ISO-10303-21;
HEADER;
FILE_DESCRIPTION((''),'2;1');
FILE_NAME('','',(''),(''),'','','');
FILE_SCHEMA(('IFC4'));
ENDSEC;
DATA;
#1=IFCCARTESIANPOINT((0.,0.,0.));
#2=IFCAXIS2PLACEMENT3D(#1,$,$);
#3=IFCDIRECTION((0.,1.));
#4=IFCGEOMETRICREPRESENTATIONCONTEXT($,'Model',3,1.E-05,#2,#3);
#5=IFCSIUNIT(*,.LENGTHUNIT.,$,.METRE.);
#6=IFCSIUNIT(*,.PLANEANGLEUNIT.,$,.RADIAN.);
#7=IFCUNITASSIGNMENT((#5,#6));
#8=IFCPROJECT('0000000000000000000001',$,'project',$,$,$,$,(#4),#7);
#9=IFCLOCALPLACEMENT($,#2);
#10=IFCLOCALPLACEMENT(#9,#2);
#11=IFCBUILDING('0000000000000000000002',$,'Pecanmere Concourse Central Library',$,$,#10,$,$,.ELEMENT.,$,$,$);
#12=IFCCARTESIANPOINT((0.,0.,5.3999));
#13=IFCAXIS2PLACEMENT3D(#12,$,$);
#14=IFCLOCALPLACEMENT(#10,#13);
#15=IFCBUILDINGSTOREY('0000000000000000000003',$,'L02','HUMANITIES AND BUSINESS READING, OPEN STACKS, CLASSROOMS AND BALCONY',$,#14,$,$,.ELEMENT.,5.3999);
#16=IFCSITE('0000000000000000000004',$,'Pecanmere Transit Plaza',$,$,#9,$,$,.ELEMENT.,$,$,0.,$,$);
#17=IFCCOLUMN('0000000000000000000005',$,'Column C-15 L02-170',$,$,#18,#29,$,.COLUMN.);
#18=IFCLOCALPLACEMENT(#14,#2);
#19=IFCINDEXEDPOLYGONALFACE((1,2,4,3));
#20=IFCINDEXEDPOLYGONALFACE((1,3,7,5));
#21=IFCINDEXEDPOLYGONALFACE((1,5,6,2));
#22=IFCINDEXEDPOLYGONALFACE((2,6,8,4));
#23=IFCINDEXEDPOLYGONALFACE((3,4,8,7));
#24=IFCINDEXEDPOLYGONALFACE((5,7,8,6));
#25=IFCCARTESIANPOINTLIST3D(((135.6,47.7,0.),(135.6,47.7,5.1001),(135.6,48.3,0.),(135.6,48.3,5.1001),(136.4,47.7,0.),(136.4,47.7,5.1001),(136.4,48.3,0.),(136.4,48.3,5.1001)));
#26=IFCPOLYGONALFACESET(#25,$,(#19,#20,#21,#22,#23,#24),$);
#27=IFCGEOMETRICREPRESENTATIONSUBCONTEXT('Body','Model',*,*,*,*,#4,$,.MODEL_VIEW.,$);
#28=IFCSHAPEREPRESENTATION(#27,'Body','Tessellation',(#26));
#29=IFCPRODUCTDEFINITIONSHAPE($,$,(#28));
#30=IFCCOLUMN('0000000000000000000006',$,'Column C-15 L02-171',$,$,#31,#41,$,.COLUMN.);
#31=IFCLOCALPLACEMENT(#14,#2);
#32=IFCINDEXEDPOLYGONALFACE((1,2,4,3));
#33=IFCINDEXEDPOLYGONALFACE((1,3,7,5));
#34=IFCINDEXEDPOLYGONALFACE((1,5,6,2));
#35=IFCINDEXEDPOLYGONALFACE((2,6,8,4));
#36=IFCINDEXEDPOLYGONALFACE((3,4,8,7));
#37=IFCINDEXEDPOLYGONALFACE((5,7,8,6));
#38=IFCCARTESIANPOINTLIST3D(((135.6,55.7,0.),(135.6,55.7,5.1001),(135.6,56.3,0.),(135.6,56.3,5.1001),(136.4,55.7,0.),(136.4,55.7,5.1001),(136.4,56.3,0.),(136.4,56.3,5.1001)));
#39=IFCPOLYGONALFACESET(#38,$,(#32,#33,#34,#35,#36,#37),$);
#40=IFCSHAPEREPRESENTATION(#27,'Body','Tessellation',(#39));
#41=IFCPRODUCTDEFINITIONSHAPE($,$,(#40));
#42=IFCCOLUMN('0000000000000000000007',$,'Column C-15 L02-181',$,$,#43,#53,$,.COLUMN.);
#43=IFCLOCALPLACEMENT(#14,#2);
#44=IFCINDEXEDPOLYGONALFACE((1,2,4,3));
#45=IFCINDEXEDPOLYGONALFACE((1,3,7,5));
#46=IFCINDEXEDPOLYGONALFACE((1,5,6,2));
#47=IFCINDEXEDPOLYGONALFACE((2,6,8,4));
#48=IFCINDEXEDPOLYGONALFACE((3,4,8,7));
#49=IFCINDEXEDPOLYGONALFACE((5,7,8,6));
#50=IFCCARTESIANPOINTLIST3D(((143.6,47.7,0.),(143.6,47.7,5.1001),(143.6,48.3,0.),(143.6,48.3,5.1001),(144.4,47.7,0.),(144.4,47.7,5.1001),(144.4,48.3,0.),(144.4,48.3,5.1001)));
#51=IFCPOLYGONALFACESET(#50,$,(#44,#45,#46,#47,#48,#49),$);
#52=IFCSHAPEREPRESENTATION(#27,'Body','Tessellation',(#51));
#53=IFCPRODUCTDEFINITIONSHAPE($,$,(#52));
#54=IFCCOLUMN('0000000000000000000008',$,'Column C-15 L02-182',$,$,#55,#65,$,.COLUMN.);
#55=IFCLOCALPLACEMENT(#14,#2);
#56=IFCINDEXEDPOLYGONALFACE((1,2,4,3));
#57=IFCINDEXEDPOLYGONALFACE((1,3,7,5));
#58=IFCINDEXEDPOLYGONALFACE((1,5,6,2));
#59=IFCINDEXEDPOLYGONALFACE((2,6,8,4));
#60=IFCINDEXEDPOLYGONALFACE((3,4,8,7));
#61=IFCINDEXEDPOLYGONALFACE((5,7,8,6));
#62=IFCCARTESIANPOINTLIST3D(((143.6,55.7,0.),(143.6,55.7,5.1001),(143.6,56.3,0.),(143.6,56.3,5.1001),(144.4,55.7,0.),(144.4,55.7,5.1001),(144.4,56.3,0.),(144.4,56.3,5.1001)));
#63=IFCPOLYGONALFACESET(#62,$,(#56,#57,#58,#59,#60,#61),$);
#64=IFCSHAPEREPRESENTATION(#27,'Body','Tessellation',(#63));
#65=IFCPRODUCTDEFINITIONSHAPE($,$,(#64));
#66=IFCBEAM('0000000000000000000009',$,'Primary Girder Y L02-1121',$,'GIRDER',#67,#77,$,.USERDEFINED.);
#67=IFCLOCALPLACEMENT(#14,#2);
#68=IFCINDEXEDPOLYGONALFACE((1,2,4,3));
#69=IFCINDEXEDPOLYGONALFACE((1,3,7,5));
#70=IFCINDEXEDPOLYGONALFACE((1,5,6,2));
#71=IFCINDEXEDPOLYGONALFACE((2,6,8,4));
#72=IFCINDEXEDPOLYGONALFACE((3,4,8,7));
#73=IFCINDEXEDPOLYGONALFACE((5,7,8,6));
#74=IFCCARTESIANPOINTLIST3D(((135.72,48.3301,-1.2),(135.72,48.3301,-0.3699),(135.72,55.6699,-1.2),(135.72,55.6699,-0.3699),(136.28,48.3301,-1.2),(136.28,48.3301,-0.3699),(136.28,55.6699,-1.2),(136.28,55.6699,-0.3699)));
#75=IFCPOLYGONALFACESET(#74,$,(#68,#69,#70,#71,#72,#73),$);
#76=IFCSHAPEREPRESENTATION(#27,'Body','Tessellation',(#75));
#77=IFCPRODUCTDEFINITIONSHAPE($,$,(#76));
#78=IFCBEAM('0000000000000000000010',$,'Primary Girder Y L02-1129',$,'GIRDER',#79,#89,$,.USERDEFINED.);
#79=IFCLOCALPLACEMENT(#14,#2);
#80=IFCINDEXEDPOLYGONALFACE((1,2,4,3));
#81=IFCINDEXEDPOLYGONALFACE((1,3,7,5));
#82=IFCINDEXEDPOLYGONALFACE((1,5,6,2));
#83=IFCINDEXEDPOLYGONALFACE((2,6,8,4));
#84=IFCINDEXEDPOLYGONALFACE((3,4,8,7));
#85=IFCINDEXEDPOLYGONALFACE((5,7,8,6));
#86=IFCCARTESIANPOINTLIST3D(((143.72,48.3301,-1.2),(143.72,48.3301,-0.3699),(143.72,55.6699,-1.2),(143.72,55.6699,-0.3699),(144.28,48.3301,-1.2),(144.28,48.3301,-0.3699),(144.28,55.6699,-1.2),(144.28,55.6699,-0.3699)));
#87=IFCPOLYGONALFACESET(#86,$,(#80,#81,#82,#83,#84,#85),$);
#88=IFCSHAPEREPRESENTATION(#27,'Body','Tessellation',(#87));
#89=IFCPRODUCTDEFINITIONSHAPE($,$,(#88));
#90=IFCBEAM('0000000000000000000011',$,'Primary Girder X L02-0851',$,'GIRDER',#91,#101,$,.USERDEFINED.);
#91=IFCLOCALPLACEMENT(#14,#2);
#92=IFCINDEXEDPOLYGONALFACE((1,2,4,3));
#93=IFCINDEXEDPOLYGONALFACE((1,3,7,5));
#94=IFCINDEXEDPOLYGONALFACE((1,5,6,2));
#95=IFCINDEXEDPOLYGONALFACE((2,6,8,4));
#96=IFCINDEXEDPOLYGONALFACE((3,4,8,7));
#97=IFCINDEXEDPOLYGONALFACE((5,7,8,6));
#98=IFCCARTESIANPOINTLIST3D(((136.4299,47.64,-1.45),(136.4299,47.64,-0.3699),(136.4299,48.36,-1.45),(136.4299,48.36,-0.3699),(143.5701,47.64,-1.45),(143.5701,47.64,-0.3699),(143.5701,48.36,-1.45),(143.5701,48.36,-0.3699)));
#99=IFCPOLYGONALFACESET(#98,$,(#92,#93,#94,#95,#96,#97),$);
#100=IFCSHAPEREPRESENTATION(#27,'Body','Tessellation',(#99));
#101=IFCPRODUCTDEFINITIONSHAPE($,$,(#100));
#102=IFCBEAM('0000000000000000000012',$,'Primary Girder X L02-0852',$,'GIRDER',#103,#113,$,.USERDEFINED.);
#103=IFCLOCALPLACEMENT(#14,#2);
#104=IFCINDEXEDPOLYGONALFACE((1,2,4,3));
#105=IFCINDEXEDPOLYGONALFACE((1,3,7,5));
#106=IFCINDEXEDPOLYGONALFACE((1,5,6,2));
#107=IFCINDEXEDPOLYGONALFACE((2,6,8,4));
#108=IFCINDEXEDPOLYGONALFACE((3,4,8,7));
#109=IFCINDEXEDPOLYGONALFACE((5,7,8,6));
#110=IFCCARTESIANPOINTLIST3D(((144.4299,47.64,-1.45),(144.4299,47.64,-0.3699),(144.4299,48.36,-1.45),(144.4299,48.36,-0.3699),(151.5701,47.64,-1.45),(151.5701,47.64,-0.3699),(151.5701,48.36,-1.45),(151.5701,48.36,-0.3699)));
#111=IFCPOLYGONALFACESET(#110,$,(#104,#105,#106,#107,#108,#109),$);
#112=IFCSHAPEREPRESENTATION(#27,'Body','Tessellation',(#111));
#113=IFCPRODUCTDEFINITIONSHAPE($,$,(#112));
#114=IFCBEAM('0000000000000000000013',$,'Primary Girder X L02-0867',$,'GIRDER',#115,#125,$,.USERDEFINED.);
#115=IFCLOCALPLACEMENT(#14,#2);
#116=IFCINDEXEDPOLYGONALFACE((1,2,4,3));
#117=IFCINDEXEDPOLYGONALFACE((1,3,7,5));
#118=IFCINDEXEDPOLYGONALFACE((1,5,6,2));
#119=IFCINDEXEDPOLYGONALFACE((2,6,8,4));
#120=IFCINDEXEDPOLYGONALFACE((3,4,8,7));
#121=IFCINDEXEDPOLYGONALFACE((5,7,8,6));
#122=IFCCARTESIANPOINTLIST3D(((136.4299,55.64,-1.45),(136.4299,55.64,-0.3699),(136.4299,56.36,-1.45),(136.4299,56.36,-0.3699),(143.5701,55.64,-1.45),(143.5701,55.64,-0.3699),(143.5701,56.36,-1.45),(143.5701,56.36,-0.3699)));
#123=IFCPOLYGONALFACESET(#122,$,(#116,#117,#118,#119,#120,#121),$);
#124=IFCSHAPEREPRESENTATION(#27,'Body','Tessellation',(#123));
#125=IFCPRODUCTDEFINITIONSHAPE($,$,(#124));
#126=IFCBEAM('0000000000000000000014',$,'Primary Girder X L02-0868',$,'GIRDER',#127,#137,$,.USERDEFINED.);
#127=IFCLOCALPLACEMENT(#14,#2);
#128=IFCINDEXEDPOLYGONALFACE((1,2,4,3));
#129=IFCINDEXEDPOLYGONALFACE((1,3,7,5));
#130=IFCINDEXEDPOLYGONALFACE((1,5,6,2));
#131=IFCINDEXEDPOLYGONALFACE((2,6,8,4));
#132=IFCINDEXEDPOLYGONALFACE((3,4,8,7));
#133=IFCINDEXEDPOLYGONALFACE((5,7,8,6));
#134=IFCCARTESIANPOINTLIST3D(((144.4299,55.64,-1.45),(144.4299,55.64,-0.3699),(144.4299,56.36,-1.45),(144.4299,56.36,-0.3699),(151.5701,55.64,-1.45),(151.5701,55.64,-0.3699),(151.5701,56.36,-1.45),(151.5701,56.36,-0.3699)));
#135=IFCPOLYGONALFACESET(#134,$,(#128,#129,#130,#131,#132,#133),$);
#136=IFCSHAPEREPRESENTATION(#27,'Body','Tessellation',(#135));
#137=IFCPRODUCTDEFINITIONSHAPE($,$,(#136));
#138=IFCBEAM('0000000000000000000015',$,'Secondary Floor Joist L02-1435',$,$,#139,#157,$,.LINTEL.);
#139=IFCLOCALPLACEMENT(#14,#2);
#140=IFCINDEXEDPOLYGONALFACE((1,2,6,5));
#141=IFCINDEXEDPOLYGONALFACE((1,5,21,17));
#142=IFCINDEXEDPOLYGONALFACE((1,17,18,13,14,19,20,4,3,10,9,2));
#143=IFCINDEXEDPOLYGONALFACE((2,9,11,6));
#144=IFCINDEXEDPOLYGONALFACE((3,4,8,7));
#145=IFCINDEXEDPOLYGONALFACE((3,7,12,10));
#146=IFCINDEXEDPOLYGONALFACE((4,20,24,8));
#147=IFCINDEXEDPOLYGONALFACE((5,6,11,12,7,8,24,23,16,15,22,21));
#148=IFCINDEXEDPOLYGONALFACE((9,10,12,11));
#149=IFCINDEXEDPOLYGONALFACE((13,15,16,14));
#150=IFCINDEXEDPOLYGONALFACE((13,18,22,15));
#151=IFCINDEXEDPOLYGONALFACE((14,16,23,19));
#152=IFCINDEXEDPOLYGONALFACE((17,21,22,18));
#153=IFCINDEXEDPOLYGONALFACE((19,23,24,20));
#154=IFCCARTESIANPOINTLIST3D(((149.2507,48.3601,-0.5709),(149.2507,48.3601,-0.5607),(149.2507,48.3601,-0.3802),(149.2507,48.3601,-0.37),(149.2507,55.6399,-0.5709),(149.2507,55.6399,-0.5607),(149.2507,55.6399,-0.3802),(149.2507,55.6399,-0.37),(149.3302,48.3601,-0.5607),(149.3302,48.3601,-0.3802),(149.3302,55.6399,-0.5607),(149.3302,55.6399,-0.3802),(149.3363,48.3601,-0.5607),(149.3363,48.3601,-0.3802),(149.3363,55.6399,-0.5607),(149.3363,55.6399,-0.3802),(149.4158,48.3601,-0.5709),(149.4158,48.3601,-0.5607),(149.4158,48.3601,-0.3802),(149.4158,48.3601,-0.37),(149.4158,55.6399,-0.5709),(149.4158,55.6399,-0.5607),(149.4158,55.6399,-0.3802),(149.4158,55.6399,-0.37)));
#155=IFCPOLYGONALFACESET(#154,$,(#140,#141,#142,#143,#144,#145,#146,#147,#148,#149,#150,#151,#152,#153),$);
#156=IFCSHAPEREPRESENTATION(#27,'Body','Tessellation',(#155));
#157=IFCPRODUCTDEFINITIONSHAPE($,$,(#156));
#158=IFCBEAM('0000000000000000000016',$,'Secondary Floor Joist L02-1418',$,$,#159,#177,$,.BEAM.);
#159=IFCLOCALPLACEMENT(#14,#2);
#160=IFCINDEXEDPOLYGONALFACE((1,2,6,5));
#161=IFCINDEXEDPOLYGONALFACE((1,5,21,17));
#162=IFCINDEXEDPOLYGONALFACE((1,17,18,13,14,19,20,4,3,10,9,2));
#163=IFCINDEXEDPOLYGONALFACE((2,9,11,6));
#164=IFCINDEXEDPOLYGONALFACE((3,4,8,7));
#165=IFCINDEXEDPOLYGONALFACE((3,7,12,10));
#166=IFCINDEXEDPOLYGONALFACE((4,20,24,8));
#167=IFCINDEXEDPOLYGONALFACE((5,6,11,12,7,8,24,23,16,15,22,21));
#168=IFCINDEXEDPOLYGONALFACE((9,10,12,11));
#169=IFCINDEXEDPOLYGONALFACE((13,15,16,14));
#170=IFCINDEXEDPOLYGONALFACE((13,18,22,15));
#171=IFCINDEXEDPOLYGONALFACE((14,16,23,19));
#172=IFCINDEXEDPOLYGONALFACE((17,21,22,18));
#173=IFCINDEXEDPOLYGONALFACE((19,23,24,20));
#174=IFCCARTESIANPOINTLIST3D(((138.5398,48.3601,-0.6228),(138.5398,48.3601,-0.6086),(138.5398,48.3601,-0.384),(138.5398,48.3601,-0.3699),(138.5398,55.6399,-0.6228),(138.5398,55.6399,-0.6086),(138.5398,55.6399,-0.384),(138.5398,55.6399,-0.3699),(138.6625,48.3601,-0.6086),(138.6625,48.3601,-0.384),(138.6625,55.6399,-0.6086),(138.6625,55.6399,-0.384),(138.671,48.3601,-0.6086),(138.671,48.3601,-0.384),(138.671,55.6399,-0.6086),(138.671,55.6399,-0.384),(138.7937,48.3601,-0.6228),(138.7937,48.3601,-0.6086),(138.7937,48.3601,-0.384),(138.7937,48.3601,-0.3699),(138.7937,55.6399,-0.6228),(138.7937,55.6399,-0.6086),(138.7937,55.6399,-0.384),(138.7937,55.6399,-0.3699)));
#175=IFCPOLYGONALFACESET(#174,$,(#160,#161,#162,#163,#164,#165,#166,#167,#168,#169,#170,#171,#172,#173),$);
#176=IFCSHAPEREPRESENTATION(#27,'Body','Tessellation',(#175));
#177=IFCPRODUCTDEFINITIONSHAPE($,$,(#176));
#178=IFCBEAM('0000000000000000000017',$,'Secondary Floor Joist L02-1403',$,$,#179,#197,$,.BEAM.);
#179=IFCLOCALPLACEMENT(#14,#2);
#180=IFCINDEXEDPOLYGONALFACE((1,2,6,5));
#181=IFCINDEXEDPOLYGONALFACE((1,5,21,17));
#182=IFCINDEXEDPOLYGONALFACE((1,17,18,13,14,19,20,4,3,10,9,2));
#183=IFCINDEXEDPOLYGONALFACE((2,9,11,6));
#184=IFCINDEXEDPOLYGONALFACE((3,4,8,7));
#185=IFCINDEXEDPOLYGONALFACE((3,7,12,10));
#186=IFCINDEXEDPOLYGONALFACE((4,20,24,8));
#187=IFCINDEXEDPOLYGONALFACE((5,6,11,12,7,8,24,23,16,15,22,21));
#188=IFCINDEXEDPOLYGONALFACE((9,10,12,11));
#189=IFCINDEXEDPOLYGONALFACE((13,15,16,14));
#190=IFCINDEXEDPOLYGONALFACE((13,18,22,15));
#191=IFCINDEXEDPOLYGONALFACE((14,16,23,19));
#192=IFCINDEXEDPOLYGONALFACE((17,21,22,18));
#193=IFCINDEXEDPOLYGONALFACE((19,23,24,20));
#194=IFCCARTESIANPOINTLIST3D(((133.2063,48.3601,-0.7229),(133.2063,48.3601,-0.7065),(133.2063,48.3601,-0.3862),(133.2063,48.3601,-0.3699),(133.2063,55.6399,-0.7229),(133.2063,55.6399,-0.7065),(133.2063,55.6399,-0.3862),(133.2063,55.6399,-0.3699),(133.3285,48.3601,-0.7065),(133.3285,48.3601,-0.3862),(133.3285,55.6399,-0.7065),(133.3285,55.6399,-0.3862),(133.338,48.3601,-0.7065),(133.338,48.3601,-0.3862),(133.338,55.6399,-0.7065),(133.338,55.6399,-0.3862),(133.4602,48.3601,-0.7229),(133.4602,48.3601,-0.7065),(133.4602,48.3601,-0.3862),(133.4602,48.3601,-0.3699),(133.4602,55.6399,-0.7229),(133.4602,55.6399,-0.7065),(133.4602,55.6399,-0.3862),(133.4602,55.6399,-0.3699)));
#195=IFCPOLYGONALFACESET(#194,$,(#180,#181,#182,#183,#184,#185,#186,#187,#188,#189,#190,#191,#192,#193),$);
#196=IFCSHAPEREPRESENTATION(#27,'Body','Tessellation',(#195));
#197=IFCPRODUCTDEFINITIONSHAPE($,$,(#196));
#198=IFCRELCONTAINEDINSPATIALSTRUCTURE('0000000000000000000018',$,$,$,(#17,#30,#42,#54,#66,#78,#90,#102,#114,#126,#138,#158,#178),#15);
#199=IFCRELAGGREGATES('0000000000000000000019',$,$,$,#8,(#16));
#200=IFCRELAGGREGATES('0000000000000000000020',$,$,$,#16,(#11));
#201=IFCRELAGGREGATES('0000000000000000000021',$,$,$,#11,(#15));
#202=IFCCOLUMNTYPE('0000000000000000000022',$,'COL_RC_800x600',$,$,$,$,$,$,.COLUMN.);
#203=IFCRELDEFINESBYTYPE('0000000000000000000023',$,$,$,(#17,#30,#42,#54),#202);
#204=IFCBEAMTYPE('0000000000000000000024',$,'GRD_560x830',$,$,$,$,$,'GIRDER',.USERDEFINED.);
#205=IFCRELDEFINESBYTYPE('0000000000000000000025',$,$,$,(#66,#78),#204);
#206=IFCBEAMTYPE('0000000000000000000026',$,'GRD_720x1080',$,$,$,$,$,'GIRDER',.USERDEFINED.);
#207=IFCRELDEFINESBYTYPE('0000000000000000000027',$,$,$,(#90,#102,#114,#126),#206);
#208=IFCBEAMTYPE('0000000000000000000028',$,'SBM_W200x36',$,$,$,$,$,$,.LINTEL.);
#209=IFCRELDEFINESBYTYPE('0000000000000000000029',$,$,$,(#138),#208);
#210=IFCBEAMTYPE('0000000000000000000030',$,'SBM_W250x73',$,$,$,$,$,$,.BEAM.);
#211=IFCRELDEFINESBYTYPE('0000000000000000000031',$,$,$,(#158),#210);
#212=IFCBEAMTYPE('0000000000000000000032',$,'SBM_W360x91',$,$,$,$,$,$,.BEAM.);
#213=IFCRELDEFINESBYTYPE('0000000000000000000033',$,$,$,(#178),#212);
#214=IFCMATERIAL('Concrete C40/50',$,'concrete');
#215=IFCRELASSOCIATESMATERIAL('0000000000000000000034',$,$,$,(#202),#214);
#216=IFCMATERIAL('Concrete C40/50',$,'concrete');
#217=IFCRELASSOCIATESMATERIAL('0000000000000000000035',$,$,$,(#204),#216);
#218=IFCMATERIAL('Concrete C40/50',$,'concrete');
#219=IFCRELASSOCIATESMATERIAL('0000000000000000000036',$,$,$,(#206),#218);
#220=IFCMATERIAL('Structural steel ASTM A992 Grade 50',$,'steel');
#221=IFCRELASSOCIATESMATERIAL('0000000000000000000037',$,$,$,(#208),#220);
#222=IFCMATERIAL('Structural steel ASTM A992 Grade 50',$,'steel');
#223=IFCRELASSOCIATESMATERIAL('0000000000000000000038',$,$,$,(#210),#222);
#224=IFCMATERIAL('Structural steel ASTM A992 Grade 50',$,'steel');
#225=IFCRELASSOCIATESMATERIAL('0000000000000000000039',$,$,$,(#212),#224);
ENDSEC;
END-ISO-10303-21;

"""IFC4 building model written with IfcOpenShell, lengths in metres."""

from ifc_helpers import new_model, si_unit, direction, frame, origin, origin_2d, place, context, subcontext, project, spatial, rectangle, i_section, extrude, material, material_profile, profile_set, type_object, element, save


model = new_model("IFC4")

# Units and contexts
model_context = context("Model", 3, precision=1e-05, world=origin(), true_north=direction((0.0, 1.0)))
body_context = subcontext(model_context, "Body", "Model", "MODEL_VIEW")
ifc_project = project(units=[si_unit("LENGTHUNIT", "METRE"), si_unit("PLANEANGLEUNIT", "RADIAN")], contexts=[model_context])

# Site, building, storey
site_placement = place(None, origin())
site = spatial("IfcSite", under=ifc_project, at=site_placement, Name="Pecanmere Transit Plaza", CompositionType="ELEMENT", RefElevation=0.0)
building_placement = place(site_placement, origin())
building = spatial("IfcBuilding", under=site, at=building_placement, Name="Pecanmere Concourse Central Library", CompositionType="ELEMENT")
storey_placement = place(building_placement, frame((0.0, 0.0, 5.3999)))
storey = spatial("IfcBuildingStorey", under=building, at=storey_placement, Name="L02", Description="HUMANITIES AND BUSINESS READING, OPEN STACKS, CLASSROOMS AND BALCONY", CompositionType="ELEMENT", Elevation=5.3999)

# Columns
ifc_material_1 = material(Name="Concrete C40/50", Category="concrete")
ifc_material_profile_1 = material_profile(ifc_material_1, rectangle(XDim=0.8, YDim=0.6001, at=origin_2d()), Name="RC 800x600")
ifc_profile_set_1 = profile_set([ifc_material_profile_1], Name="Concrete C40/50")
column_type = type_object("IfcColumnType", Name="COL_RC_800x600", PredefinedType="COLUMN", material=ifc_profile_set_1)
for number, where, z_axis, x_axis, name in (
    (1, (136.0, 48.0, 0.0), (0.0, 0.0, 1.0), (1.0, 0.0, 0.0), "Column C-15 L02-170"),
    (2, (136.0, 56.0, 0.0), (0.0, 0.0, 1.0), (1.0, 0.0, 0.0), "Column C-15 L02-171"),
    (3, (144.0, 48.0, 0.0), (0.0, 0.0, 1.0), (1.0, 0.0, 0.0), "Column C-15 L02-181"),
    (4, (144.0, 56.0, 0.0), (0.0, 0.0, 1.0), (1.0, 0.0, 0.0), "Column C-15 L02-182"),
):
    element("IfcColumn", number, at=place(storey_placement, frame(where, z_axis=z_axis, x_axis=x_axis)), inside=storey, type_object=column_type, Name=name, PredefinedType="COLUMN", context=body_context, shape_type="SweptSolid", body=[
        extrude(rectangle(XDim=0.8, YDim=0.6001, at=origin_2d()), origin(), (0.0, 0.0, 1.0), 5.1001),
    ])

# Beams
ifc_material_2 = material(Name="Concrete C40/50", Category="concrete")
ifc_material_profile_2 = material_profile(ifc_material_2, rectangle(XDim=0.5601, YDim=0.8301, at=origin_2d()), Name="RC 560x830")
ifc_profile_set_2 = profile_set([ifc_material_profile_2], Name="Concrete C40/50")
beam_type_1 = type_object("IfcBeamType", Name="GRD_560x830", ElementType="GIRDER", PredefinedType="USERDEFINED", material=ifc_profile_set_2)
for number, where, z_axis, x_axis, name in (
    (5, (136.0, 48.3301, -0.7849), (0.0, 1.0, 0.0), (-1.0, 0.0, 0.0), "Primary Girder Y L02-1121"),
    (6, (144.0, 48.3301, -0.7849), (0.0, 1.0, 0.0), (-1.0, 0.0, 0.0), "Primary Girder Y L02-1129"),
):
    element("IfcBeam", number, at=place(storey_placement, frame(where, z_axis=z_axis, x_axis=x_axis)), inside=storey, type_object=beam_type_1, Name=name, ObjectType="GIRDER", PredefinedType="USERDEFINED", context=body_context, shape_type="SweptSolid", body=[
        extrude(rectangle(XDim=0.5601, YDim=0.8301, at=origin_2d()), origin(), (0.0, 0.0, 1.0), 7.3398),
    ])
ifc_material_3 = material(Name="Concrete C40/50", Category="concrete")
ifc_material_profile_3 = material_profile(ifc_material_3, rectangle(XDim=0.72, YDim=1.0801, at=origin_2d()), Name="RC 720x1080")
ifc_profile_set_3 = profile_set([ifc_material_profile_3], Name="Concrete C40/50")
beam_type_2 = type_object("IfcBeamType", Name="GRD_720x1080", ElementType="GIRDER", PredefinedType="USERDEFINED", material=ifc_profile_set_3)
for number, where, z_axis, x_axis, name in (
    (7, (136.4299, 48.0, -0.9099), (1.0, 0.0, 0.0), (0.0, 1.0, 0.0), "Primary Girder X L02-0851"),
    (8, (144.4299, 48.0, -0.9099), (1.0, 0.0, 0.0), (0.0, 1.0, 0.0), "Primary Girder X L02-0852"),
    (9, (136.4299, 56.0, -0.9099), (1.0, 0.0, 0.0), (0.0, 1.0, 0.0), "Primary Girder X L02-0867"),
    (10, (144.4299, 56.0, -0.9099), (1.0, 0.0, 0.0), (0.0, 1.0, 0.0), "Primary Girder X L02-0868"),
):
    element("IfcBeam", number, at=place(storey_placement, frame(where, z_axis=z_axis, x_axis=x_axis)), inside=storey, type_object=beam_type_2, Name=name, ObjectType="GIRDER", PredefinedType="USERDEFINED", context=body_context, shape_type="SweptSolid", body=[
        extrude(rectangle(XDim=0.72, YDim=1.0801, at=origin_2d()), origin(), (0.0, 0.0, 1.0), 7.1401),
    ])
ifc_material_4 = material(Name="Structural steel ASTM A992 Grade 50", Category="steel")
ifc_material_profile_4 = material_profile(ifc_material_4, i_section(OverallWidth=0.165, OverallDepth=0.2009, WebThickness=0.0061, FlangeThickness=0.0103, at=origin_2d()), Name="W200x35.9")
ifc_profile_set_4 = profile_set([ifc_material_profile_4], Name="Structural steel ASTM A992 Grade 50")
beam_type_3 = type_object("IfcBeamType", Name="SBM_W200x36", PredefinedType="LINTEL", material=ifc_profile_set_4)
beam_1_placement = place(storey_placement, frame((149.3333, 48.3601, -0.4705), z_axis=(0.0, 1.0, 0.0), x_axis=(-1.0, 0.0, 0.0)))
element("IfcBeam", 11, at=beam_1_placement, inside=storey, type_object=beam_type_3, Name="Secondary Floor Joist L02-1435", PredefinedType="LINTEL", context=body_context, shape_type="SweptSolid", body=[
    extrude(i_section(OverallWidth=0.165, OverallDepth=0.2009, WebThickness=0.0061, FlangeThickness=0.0103, at=origin_2d()), origin(), (0.0, 0.0, 1.0), 7.2798),
])
ifc_material_5 = material(Name="Structural steel ASTM A992 Grade 50", Category="steel")
ifc_material_profile_5 = material_profile(ifc_material_5, i_section(OverallWidth=0.2539, OverallDepth=0.2529, WebThickness=0.0085, FlangeThickness=0.0142, at=origin_2d()), Name="W250x73")
ifc_profile_set_5 = profile_set([ifc_material_profile_5], Name="Structural steel ASTM A992 Grade 50")
beam_type_4 = type_object("IfcBeamType", Name="SBM_W250x73", PredefinedType="BEAM", material=ifc_profile_set_5)
beam_2_placement = place(storey_placement, frame((138.6667, 48.3601, -0.4963), z_axis=(0.0, 1.0, 0.0), x_axis=(-1.0, 0.0, 0.0)))
element("IfcBeam", 12, at=beam_2_placement, inside=storey, type_object=beam_type_4, Name="Secondary Floor Joist L02-1418", PredefinedType="BEAM", context=body_context, shape_type="SweptSolid", body=[
    extrude(i_section(OverallWidth=0.2539, OverallDepth=0.2529, WebThickness=0.0085, FlangeThickness=0.0142, at=origin_2d()), origin(), (0.0, 0.0, 1.0), 7.2798),
])
ifc_material_6 = material(Name="Structural steel ASTM A992 Grade 50", Category="steel")
ifc_material_profile_6 = material_profile(ifc_material_6, i_section(OverallWidth=0.2539, OverallDepth=0.353, WebThickness=0.0095, FlangeThickness=0.0164, at=origin_2d()), Name="W360x91")
ifc_profile_set_6 = profile_set([ifc_material_profile_6], Name="Structural steel ASTM A992 Grade 50")
beam_type_5 = type_object("IfcBeamType", Name="SBM_W360x91", PredefinedType="BEAM", material=ifc_profile_set_6)
beam_3_placement = place(storey_placement, frame((133.3333, 48.3601, -0.5464), z_axis=(0.0, 1.0, 0.0), x_axis=(-1.0, 0.0, 0.0)))
element("IfcBeam", 13, at=beam_3_placement, inside=storey, type_object=beam_type_5, Name="Secondary Floor Joist L02-1403", PredefinedType="BEAM", context=body_context, shape_type="SweptSolid", body=[
    extrude(i_section(OverallWidth=0.2539, OverallDepth=0.353, WebThickness=0.0095, FlangeThickness=0.0164, at=origin_2d()), origin(), (0.0, 0.0, 1.0), 7.2798),
])

save(model, "model.ifc")
